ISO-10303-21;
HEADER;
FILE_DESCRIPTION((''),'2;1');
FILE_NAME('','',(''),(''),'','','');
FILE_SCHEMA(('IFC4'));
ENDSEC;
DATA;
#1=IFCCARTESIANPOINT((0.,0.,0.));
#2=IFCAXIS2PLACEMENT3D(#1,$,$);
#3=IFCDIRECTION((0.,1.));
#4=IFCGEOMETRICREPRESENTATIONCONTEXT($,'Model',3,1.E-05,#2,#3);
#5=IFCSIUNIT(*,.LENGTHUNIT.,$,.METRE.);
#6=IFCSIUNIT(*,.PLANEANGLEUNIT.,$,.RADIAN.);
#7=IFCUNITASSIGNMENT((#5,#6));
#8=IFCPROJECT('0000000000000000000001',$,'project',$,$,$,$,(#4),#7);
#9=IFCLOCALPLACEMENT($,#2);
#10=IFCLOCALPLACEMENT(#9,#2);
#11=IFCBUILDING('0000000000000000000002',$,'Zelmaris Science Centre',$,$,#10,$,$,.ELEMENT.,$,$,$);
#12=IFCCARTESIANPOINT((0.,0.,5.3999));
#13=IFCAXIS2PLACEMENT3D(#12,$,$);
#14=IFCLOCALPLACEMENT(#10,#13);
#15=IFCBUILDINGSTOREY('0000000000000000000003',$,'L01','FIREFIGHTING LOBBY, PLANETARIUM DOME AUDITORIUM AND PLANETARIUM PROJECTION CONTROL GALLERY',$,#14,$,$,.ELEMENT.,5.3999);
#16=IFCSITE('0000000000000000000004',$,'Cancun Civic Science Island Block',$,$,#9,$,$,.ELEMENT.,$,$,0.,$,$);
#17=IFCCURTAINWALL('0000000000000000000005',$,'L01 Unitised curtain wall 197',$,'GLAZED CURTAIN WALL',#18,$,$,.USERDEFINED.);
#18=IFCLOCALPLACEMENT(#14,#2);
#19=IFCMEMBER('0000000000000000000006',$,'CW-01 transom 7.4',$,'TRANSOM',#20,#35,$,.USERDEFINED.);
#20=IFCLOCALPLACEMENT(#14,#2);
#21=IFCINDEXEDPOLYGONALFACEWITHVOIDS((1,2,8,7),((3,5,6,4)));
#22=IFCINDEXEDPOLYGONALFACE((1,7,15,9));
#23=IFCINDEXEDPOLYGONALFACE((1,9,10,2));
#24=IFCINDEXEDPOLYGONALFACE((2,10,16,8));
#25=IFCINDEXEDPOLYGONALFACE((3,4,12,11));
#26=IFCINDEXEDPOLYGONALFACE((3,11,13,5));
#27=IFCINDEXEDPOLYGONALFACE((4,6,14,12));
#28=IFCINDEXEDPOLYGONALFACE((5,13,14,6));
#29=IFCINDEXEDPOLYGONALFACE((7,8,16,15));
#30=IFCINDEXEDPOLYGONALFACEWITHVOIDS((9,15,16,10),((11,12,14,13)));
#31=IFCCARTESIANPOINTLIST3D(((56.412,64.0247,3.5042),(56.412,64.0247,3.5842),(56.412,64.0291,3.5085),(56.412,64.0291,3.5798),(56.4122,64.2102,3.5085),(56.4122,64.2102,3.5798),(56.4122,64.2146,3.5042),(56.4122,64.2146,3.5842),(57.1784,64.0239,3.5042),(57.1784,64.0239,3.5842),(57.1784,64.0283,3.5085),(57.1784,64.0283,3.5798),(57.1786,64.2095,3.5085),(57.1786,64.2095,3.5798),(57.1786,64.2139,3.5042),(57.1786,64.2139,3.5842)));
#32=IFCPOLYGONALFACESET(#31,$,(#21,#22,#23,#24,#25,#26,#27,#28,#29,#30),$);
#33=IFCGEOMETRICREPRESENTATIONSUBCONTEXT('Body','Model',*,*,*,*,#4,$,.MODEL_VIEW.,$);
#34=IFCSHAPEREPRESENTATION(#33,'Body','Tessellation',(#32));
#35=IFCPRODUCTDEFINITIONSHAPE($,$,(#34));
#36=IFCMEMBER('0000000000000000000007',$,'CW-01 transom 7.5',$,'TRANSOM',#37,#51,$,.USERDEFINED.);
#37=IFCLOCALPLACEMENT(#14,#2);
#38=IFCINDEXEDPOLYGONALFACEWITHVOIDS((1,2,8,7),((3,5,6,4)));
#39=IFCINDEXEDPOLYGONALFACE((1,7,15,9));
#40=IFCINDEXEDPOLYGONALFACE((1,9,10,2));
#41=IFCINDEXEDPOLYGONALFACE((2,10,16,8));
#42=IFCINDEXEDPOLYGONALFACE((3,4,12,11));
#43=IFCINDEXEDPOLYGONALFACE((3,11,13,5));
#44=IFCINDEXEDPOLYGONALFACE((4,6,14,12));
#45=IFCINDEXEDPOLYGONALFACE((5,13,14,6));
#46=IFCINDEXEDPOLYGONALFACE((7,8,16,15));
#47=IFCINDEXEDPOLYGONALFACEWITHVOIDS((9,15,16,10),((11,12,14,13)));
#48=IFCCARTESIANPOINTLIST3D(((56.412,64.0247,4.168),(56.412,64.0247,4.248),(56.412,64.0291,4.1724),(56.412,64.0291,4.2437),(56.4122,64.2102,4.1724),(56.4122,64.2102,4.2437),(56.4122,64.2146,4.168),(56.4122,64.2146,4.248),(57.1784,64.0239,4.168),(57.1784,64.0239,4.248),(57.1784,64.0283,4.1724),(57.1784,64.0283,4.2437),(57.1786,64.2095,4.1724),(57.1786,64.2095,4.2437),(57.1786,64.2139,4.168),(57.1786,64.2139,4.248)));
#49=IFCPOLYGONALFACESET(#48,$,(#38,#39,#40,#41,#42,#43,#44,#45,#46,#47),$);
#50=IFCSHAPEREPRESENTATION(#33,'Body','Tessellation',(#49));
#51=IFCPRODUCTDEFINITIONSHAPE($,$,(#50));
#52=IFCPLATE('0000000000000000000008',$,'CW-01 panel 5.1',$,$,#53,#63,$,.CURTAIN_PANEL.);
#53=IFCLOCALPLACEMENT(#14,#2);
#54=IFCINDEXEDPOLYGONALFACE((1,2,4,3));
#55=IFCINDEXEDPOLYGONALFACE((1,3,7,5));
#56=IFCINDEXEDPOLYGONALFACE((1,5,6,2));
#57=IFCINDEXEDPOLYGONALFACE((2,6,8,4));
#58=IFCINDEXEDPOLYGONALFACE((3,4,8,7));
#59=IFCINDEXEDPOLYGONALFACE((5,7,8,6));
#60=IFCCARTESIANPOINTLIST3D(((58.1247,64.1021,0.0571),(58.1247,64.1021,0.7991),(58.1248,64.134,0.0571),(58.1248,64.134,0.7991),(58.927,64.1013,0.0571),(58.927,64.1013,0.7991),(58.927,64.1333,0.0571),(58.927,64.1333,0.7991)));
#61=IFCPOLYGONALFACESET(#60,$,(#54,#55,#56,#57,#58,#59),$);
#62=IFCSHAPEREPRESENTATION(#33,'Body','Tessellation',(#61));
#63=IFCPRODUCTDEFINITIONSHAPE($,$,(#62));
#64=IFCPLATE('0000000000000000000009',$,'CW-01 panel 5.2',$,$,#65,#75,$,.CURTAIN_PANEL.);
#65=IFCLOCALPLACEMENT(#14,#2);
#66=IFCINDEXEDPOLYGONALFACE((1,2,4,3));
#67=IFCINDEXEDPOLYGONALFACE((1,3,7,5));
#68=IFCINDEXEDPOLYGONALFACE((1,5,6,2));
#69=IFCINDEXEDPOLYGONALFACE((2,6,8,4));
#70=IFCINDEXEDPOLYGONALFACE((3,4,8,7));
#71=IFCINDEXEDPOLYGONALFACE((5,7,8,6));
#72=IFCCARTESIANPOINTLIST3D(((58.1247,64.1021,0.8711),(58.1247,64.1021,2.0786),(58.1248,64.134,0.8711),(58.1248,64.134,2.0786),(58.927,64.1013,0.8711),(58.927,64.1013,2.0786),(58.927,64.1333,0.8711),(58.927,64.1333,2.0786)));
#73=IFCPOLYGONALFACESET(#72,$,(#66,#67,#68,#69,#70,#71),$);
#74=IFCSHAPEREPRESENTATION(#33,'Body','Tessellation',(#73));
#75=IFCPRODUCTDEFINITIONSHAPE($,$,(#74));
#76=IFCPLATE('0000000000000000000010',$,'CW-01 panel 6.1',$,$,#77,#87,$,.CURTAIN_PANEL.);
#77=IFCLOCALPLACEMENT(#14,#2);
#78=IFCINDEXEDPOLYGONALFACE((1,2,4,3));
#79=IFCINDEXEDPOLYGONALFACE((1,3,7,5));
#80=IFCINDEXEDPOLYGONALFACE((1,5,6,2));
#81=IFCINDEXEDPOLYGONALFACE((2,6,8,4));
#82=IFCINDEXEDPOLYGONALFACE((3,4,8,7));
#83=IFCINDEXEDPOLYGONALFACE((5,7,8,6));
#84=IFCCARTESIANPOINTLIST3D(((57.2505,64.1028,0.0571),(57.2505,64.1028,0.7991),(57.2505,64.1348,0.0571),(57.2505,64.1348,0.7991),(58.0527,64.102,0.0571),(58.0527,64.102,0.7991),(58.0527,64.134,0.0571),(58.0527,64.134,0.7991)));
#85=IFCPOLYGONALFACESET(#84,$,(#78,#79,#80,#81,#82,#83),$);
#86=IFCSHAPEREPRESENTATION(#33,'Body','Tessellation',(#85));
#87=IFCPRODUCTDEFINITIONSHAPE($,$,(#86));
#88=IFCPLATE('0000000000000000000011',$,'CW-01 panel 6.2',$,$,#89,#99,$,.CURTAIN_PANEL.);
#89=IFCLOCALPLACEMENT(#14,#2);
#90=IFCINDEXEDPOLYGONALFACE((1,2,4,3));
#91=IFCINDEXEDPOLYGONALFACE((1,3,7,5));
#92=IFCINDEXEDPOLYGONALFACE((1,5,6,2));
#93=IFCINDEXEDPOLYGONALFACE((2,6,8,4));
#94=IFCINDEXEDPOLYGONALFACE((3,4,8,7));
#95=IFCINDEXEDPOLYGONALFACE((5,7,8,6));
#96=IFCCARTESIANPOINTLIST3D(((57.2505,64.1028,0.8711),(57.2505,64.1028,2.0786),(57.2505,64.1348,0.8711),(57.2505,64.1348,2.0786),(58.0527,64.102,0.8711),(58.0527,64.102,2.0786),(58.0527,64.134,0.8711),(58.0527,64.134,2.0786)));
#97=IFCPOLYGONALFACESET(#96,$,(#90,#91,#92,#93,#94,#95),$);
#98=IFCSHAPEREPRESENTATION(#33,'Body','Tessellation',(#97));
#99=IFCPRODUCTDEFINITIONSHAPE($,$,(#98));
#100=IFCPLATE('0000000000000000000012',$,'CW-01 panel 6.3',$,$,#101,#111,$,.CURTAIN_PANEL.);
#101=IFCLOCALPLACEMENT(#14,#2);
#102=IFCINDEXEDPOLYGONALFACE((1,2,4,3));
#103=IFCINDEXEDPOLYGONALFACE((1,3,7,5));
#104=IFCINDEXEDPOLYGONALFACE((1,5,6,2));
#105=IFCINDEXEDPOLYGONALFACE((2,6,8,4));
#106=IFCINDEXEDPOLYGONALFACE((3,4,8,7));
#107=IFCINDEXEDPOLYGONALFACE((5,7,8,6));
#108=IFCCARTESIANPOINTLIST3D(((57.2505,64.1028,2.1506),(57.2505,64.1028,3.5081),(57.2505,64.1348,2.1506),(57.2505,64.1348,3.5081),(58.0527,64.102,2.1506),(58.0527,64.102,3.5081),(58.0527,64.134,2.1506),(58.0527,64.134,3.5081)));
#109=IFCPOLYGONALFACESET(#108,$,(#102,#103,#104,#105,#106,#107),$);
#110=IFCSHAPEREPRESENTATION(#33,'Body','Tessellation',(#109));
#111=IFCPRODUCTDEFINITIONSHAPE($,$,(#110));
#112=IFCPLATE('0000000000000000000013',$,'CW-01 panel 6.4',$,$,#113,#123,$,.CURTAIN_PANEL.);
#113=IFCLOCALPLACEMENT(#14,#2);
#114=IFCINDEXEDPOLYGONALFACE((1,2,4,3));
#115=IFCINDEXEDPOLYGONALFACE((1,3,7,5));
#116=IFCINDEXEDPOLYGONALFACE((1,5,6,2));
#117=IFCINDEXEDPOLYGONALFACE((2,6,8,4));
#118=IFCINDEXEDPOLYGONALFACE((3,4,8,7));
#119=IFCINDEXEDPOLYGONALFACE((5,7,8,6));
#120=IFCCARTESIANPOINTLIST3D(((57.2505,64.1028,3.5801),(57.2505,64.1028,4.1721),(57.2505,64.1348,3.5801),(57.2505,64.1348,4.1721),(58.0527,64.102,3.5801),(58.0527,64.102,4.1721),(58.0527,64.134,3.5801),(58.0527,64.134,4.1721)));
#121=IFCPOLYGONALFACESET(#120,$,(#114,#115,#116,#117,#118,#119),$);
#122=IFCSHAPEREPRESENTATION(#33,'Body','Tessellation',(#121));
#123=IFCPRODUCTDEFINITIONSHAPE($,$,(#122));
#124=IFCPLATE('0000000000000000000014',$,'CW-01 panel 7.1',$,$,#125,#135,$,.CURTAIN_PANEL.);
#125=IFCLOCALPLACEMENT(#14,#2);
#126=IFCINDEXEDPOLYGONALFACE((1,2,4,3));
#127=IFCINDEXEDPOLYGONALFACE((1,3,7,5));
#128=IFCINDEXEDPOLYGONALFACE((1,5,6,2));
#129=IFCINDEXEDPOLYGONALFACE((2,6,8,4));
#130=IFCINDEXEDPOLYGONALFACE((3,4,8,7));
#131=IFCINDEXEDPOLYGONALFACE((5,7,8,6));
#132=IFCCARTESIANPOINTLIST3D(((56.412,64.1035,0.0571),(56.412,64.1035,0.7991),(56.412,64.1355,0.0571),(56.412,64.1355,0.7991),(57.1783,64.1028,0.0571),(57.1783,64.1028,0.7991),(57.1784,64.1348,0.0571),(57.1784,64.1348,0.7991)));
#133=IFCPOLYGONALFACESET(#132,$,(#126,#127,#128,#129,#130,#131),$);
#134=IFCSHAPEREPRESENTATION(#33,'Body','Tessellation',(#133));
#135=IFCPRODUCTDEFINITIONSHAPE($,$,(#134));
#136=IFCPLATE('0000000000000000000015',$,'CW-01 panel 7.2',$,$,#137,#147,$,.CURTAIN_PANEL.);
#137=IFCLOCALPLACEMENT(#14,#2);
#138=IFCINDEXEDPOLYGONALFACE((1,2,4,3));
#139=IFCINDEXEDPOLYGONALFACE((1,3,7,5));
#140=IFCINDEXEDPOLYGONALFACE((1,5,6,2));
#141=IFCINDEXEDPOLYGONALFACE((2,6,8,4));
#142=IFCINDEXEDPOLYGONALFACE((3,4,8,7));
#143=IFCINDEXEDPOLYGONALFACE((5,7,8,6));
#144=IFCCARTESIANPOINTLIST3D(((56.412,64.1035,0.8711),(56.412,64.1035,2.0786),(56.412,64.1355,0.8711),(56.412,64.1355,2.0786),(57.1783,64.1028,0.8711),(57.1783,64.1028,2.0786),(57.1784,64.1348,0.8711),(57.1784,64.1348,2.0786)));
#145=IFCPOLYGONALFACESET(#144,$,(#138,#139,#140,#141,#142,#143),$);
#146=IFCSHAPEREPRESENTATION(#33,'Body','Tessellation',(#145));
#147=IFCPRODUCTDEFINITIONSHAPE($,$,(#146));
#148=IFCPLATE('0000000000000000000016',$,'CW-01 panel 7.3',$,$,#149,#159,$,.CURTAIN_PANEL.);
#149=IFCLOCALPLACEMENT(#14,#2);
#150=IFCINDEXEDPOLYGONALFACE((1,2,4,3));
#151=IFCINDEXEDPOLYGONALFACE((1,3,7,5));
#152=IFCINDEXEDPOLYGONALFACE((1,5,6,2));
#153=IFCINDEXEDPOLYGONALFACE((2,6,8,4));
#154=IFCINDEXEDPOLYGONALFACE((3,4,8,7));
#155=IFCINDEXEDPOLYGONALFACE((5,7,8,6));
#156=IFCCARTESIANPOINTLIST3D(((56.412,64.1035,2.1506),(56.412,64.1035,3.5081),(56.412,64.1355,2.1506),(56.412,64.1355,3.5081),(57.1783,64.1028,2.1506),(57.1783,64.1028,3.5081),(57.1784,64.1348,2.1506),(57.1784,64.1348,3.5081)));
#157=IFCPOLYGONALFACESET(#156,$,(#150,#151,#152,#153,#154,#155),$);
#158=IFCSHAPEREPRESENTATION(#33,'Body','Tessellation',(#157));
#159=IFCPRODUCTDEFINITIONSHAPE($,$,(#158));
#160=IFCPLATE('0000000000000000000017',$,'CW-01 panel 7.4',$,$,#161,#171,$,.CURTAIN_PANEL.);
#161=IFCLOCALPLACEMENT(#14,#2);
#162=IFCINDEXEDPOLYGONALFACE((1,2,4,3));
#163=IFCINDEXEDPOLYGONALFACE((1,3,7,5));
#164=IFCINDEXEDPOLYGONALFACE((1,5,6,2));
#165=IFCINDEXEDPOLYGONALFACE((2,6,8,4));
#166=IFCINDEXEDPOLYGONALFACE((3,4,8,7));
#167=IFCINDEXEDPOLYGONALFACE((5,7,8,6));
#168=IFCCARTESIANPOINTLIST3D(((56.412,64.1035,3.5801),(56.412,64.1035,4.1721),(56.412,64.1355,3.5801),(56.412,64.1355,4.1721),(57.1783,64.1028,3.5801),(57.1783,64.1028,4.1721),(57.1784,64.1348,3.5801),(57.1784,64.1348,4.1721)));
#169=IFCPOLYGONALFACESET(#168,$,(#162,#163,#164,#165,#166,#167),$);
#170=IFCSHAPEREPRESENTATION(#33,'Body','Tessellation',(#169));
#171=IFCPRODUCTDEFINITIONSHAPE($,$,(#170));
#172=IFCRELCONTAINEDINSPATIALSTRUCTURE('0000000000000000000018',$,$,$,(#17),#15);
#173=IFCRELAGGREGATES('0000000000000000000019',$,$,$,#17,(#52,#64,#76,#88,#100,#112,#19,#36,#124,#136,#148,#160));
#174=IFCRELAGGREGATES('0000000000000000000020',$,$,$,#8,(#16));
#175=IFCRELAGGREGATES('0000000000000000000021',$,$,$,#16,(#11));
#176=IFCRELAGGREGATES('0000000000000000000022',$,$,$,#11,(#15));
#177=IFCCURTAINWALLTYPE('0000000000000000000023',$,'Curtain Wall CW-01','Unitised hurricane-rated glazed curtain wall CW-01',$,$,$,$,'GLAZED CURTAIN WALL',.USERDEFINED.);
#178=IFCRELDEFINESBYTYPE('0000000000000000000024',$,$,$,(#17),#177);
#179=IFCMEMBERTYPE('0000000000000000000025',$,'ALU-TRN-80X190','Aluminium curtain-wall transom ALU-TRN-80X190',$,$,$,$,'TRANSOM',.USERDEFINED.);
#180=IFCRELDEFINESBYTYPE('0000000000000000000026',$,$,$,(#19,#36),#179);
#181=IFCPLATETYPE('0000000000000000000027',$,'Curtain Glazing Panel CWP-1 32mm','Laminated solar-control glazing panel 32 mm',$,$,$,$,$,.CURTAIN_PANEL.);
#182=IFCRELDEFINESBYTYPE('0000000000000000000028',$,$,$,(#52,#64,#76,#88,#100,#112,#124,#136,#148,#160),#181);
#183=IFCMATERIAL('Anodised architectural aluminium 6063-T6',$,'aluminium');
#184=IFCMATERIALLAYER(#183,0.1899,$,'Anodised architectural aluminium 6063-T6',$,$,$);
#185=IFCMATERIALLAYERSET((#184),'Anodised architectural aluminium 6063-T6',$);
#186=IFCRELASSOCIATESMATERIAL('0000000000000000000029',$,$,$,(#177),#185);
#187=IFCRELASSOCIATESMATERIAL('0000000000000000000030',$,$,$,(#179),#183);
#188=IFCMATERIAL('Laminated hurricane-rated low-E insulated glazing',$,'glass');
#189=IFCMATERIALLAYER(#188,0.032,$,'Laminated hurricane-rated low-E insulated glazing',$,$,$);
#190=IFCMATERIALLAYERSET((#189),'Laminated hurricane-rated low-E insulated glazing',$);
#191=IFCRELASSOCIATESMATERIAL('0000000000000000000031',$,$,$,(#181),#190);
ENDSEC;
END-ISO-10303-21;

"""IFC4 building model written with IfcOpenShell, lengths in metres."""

from ifc_helpers import new_model, si_unit, direction, frame, origin, origin_2d, place, context, subcontext, project, spatial, rectangle, hollow_rectangle, extrude, material, layer, layer_set, material_profile, profile_set, type_object, element, aggregate, save


model = new_model("IFC4")

# Units and contexts
model_context = context("Model", 3, precision=1e-05, world=origin(), true_north=direction((0.0, 1.0)))
body_context = subcontext(model_context, "Body", "Model", "MODEL_VIEW")
ifc_project = project(units=[si_unit("LENGTHUNIT", "METRE"), si_unit("PLANEANGLEUNIT", "RADIAN")], contexts=[model_context])

# Site, building, storey
site_placement = place(None, origin())
site = spatial("IfcSite", under=ifc_project, at=site_placement, Name="Cancun Civic Science Island Block", CompositionType="ELEMENT", RefElevation=0.0)
building_placement = place(site_placement, origin())
building = spatial("IfcBuilding", under=site, at=building_placement, Name="Zelmaris Science Centre", CompositionType="ELEMENT")
storey_placement = place(building_placement, frame((0.0, 0.0, 5.3999)))
storey = spatial("IfcBuildingStorey", under=building, at=storey_placement, Name="L01", Description="FIREFIGHTING LOBBY, PLANETARIUM DOME AUDITORIUM AND PLANETARIUM PROJECTION CONTROL GALLERY", CompositionType="ELEMENT", Elevation=5.3999)

# Curtain wall, members, plates
ifc_material_1 = material(Name="Anodised architectural aluminium 6063-T6", Category="aluminium")
ifc_layer_1 = layer(ifc_material_1, 0.1899, Name="Anodised architectural aluminium 6063-T6")
ifc_layer_set_1 = layer_set([ifc_layer_1], Name="Anodised architectural aluminium 6063-T6")
curtain_wall_type = type_object("IfcCurtainWallType", Name="Curtain Wall CW-01", Description="Unitised hurricane-rated glazed curtain wall CW-01", ElementType="GLAZED CURTAIN WALL", PredefinedType="USERDEFINED", material=ifc_layer_set_1)
curtain_wall_placement = place(storey_placement, origin())
curtain_wall = element("IfcCurtainWall", 1, at=curtain_wall_placement, inside=storey, type_object=curtain_wall_type, Name="L01 Unitised curtain wall 197", ObjectType="GLAZED CURTAIN WALL", PredefinedType="USERDEFINED")
ifc_material_profile_1 = material_profile(ifc_material_1, hollow_rectangle(XDim=0.0801, YDim=0.1899, WallThickness=0.0044, at=origin_2d()), Name="ALU-TRN-80X190")
ifc_profile_set_1 = profile_set([ifc_material_profile_1], Name="Anodised architectural aluminium 6063-T6")
member_type_1 = type_object("IfcMemberType", Name="ALU-TRN-80X190", Description="Aluminium curtain-wall transom ALU-TRN-80X190", ElementType="TRANSOM", PredefinedType="USERDEFINED", material=ifc_profile_set_1)
member_1_placement = place(storey_placement, frame((57.1785, 64.1189, 3.5442), z_axis=(-1.0, 0.000956, 0.0), x_axis=(0.0, 0.0, 1.0)))
member_1 = element("IfcMember", 2, at=member_1_placement, type_object=member_type_1, Name="CW-01 transom 7.4", ObjectType="TRANSOM", PredefinedType="USERDEFINED", context=body_context, shape_type="SweptSolid", body=[
    extrude(hollow_rectangle(XDim=0.0801, YDim=0.1899, WallThickness=0.0044, at=origin_2d()), origin(), (0.0, 0.0, 1.0), 0.7664),
])
member_2_placement = place(storey_placement, frame((57.1785, 64.1189, 4.208), z_axis=(-1.0, 0.000956, 0.0), x_axis=(0.0, 0.0, 1.0)))
member_2 = element("IfcMember", 3, at=member_2_placement, type_object=member_type_1, Name="CW-01 transom 7.5", ObjectType="TRANSOM", PredefinedType="USERDEFINED", context=body_context, shape_type="SweptSolid", body=[
    extrude(hollow_rectangle(XDim=0.0801, YDim=0.1899, WallThickness=0.0044, at=origin_2d()), origin(), (0.0, 0.0, 1.0), 0.7664),
])
ifc_material_2 = material(Name="Laminated hurricane-rated low-E insulated glazing", Category="glass")
ifc_layer_2 = layer(ifc_material_2, 0.032, Name="Laminated hurricane-rated low-E insulated glazing")
ifc_layer_set_2 = layer_set([ifc_layer_2], Name="Laminated hurricane-rated low-E insulated glazing")
plate_type = type_object("IfcPlateType", Name="Curtain Glazing Panel CWP-1 32mm", Description="Laminated solar-control glazing panel 32 mm", PredefinedType="CURTAIN_PANEL", material=ifc_layer_set_2)
plate_1_placement = place(storey_placement, frame((58.5259, 64.1177, 0.0571), z_axis=(0.0, 0.0, 1.0), x_axis=(-1.0, 0.000931, 0.0)))
plate_1 = element("IfcPlate", 4, at=plate_1_placement, type_object=plate_type, Name="CW-01 panel 5.1", PredefinedType="CURTAIN_PANEL", context=body_context, shape_type="SweptSolid", body=[
    extrude(rectangle(XDim=0.8022, YDim=0.032, at=origin_2d()), origin(), (0.0, 0.0, 1.0), 0.7419),
])
plate_2_placement = place(storey_placement, frame((58.5259, 64.1177, 0.8711), z_axis=(0.0, 0.0, 1.0), x_axis=(-1.0, 0.000931, 0.0)))
plate_2 = element("IfcPlate", 5, at=plate_2_placement, type_object=plate_type, Name="CW-01 panel 5.2", PredefinedType="CURTAIN_PANEL", context=body_context, shape_type="SweptSolid", body=[
    extrude(rectangle(XDim=0.8022, YDim=0.032, at=origin_2d()), origin(), (0.0, 0.0, 1.0), 1.2075),
])
plate_3_placement = place(storey_placement, frame((57.6516, 64.1184, 0.0571), z_axis=(0.0, 0.0, 1.0), x_axis=(-1.0, 0.000931, 0.0)))
plate_3 = element("IfcPlate", 6, at=plate_3_placement, type_object=plate_type, Name="CW-01 panel 6.1", PredefinedType="CURTAIN_PANEL", context=body_context, shape_type="SweptSolid", body=[
    extrude(rectangle(XDim=0.8022, YDim=0.032, at=origin_2d()), origin(), (0.0, 0.0, 1.0), 0.7419),
])
plate_4_placement = place(storey_placement, frame((57.6516, 64.1184, 0.8711), z_axis=(0.0, 0.0, 1.0), x_axis=(-1.0, 0.000931, 0.0)))
plate_4 = element("IfcPlate", 7, at=plate_4_placement, type_object=plate_type, Name="CW-01 panel 6.2", PredefinedType="CURTAIN_PANEL", context=body_context, shape_type="SweptSolid", body=[
    extrude(rectangle(XDim=0.8022, YDim=0.032, at=origin_2d()), origin(), (0.0, 0.0, 1.0), 1.2075),
])
plate_5_placement = place(storey_placement, frame((57.6516, 64.1184, 2.1506), z_axis=(0.0, 0.0, 1.0), x_axis=(-1.0, 0.000931, 0.0)))
plate_5 = element("IfcPlate", 8, at=plate_5_placement, type_object=plate_type, Name="CW-01 panel 6.3", PredefinedType="CURTAIN_PANEL", context=body_context, shape_type="SweptSolid", body=[
    extrude(rectangle(XDim=0.8022, YDim=0.032, at=origin_2d()), origin(), (0.0, 0.0, 1.0), 1.3574),
])
plate_6_placement = place(storey_placement, frame((57.6516, 64.1184, 3.5801), z_axis=(0.0, 0.0, 1.0), x_axis=(-1.0, 0.000931, 0.0)))
plate_6 = element("IfcPlate", 9, at=plate_6_placement, type_object=plate_type, Name="CW-01 panel 6.4", PredefinedType="CURTAIN_PANEL", context=body_context, shape_type="SweptSolid", body=[
    extrude(rectangle(XDim=0.8022, YDim=0.032, at=origin_2d()), origin(), (0.0, 0.0, 1.0), 0.592),
])
plate_7_placement = place(storey_placement, frame((56.7952, 64.1191, 0.0571), z_axis=(0.0, 0.0, 1.0), x_axis=(-1.0, 0.000931, 0.0)))
plate_7 = element("IfcPlate", 10, at=plate_7_placement, type_object=plate_type, Name="CW-01 panel 7.1", PredefinedType="CURTAIN_PANEL", context=body_context, shape_type="SweptSolid", body=[
    extrude(rectangle(XDim=0.7664, YDim=0.032, at=origin_2d()), origin(), (0.0, 0.0, 1.0), 0.7419),
])
plate_8_placement = place(storey_placement, frame((56.7952, 64.1191, 0.8711), z_axis=(0.0, 0.0, 1.0), x_axis=(-1.0, 0.000931, 0.0)))
plate_8 = element("IfcPlate", 11, at=plate_8_placement, type_object=plate_type, Name="CW-01 panel 7.2", PredefinedType="CURTAIN_PANEL", context=body_context, shape_type="SweptSolid", body=[
    extrude(rectangle(XDim=0.7664, YDim=0.032, at=origin_2d()), origin(), (0.0, 0.0, 1.0), 1.2075),
])
plate_9_placement = place(storey_placement, frame((56.7952, 64.1191, 2.1506), z_axis=(0.0, 0.0, 1.0), x_axis=(-1.0, 0.000931, 0.0)))
plate_9 = element("IfcPlate", 12, at=plate_9_placement, type_object=plate_type, Name="CW-01 panel 7.3", PredefinedType="CURTAIN_PANEL", context=body_context, shape_type="SweptSolid", body=[
    extrude(rectangle(XDim=0.7664, YDim=0.032, at=origin_2d()), origin(), (0.0, 0.0, 1.0), 1.3574),
])
plate_10_placement = place(storey_placement, frame((56.7952, 64.1191, 3.5801), z_axis=(0.0, 0.0, 1.0), x_axis=(-1.0, 0.000931, 0.0)))
plate_10 = element("IfcPlate", 13, at=plate_10_placement, type_object=plate_type, Name="CW-01 panel 7.4", PredefinedType="CURTAIN_PANEL", context=body_context, shape_type="SweptSolid", body=[
    extrude(rectangle(XDim=0.7664, YDim=0.032, at=origin_2d()), origin(), (0.0, 0.0, 1.0), 0.592),
])
aggregate(curtain_wall, [plate_1, plate_2, plate_3, plate_4, plate_5, plate_6, member_1, member_2, plate_7, plate_8, plate_9, plate_10])

save(model, "model.ifc")
